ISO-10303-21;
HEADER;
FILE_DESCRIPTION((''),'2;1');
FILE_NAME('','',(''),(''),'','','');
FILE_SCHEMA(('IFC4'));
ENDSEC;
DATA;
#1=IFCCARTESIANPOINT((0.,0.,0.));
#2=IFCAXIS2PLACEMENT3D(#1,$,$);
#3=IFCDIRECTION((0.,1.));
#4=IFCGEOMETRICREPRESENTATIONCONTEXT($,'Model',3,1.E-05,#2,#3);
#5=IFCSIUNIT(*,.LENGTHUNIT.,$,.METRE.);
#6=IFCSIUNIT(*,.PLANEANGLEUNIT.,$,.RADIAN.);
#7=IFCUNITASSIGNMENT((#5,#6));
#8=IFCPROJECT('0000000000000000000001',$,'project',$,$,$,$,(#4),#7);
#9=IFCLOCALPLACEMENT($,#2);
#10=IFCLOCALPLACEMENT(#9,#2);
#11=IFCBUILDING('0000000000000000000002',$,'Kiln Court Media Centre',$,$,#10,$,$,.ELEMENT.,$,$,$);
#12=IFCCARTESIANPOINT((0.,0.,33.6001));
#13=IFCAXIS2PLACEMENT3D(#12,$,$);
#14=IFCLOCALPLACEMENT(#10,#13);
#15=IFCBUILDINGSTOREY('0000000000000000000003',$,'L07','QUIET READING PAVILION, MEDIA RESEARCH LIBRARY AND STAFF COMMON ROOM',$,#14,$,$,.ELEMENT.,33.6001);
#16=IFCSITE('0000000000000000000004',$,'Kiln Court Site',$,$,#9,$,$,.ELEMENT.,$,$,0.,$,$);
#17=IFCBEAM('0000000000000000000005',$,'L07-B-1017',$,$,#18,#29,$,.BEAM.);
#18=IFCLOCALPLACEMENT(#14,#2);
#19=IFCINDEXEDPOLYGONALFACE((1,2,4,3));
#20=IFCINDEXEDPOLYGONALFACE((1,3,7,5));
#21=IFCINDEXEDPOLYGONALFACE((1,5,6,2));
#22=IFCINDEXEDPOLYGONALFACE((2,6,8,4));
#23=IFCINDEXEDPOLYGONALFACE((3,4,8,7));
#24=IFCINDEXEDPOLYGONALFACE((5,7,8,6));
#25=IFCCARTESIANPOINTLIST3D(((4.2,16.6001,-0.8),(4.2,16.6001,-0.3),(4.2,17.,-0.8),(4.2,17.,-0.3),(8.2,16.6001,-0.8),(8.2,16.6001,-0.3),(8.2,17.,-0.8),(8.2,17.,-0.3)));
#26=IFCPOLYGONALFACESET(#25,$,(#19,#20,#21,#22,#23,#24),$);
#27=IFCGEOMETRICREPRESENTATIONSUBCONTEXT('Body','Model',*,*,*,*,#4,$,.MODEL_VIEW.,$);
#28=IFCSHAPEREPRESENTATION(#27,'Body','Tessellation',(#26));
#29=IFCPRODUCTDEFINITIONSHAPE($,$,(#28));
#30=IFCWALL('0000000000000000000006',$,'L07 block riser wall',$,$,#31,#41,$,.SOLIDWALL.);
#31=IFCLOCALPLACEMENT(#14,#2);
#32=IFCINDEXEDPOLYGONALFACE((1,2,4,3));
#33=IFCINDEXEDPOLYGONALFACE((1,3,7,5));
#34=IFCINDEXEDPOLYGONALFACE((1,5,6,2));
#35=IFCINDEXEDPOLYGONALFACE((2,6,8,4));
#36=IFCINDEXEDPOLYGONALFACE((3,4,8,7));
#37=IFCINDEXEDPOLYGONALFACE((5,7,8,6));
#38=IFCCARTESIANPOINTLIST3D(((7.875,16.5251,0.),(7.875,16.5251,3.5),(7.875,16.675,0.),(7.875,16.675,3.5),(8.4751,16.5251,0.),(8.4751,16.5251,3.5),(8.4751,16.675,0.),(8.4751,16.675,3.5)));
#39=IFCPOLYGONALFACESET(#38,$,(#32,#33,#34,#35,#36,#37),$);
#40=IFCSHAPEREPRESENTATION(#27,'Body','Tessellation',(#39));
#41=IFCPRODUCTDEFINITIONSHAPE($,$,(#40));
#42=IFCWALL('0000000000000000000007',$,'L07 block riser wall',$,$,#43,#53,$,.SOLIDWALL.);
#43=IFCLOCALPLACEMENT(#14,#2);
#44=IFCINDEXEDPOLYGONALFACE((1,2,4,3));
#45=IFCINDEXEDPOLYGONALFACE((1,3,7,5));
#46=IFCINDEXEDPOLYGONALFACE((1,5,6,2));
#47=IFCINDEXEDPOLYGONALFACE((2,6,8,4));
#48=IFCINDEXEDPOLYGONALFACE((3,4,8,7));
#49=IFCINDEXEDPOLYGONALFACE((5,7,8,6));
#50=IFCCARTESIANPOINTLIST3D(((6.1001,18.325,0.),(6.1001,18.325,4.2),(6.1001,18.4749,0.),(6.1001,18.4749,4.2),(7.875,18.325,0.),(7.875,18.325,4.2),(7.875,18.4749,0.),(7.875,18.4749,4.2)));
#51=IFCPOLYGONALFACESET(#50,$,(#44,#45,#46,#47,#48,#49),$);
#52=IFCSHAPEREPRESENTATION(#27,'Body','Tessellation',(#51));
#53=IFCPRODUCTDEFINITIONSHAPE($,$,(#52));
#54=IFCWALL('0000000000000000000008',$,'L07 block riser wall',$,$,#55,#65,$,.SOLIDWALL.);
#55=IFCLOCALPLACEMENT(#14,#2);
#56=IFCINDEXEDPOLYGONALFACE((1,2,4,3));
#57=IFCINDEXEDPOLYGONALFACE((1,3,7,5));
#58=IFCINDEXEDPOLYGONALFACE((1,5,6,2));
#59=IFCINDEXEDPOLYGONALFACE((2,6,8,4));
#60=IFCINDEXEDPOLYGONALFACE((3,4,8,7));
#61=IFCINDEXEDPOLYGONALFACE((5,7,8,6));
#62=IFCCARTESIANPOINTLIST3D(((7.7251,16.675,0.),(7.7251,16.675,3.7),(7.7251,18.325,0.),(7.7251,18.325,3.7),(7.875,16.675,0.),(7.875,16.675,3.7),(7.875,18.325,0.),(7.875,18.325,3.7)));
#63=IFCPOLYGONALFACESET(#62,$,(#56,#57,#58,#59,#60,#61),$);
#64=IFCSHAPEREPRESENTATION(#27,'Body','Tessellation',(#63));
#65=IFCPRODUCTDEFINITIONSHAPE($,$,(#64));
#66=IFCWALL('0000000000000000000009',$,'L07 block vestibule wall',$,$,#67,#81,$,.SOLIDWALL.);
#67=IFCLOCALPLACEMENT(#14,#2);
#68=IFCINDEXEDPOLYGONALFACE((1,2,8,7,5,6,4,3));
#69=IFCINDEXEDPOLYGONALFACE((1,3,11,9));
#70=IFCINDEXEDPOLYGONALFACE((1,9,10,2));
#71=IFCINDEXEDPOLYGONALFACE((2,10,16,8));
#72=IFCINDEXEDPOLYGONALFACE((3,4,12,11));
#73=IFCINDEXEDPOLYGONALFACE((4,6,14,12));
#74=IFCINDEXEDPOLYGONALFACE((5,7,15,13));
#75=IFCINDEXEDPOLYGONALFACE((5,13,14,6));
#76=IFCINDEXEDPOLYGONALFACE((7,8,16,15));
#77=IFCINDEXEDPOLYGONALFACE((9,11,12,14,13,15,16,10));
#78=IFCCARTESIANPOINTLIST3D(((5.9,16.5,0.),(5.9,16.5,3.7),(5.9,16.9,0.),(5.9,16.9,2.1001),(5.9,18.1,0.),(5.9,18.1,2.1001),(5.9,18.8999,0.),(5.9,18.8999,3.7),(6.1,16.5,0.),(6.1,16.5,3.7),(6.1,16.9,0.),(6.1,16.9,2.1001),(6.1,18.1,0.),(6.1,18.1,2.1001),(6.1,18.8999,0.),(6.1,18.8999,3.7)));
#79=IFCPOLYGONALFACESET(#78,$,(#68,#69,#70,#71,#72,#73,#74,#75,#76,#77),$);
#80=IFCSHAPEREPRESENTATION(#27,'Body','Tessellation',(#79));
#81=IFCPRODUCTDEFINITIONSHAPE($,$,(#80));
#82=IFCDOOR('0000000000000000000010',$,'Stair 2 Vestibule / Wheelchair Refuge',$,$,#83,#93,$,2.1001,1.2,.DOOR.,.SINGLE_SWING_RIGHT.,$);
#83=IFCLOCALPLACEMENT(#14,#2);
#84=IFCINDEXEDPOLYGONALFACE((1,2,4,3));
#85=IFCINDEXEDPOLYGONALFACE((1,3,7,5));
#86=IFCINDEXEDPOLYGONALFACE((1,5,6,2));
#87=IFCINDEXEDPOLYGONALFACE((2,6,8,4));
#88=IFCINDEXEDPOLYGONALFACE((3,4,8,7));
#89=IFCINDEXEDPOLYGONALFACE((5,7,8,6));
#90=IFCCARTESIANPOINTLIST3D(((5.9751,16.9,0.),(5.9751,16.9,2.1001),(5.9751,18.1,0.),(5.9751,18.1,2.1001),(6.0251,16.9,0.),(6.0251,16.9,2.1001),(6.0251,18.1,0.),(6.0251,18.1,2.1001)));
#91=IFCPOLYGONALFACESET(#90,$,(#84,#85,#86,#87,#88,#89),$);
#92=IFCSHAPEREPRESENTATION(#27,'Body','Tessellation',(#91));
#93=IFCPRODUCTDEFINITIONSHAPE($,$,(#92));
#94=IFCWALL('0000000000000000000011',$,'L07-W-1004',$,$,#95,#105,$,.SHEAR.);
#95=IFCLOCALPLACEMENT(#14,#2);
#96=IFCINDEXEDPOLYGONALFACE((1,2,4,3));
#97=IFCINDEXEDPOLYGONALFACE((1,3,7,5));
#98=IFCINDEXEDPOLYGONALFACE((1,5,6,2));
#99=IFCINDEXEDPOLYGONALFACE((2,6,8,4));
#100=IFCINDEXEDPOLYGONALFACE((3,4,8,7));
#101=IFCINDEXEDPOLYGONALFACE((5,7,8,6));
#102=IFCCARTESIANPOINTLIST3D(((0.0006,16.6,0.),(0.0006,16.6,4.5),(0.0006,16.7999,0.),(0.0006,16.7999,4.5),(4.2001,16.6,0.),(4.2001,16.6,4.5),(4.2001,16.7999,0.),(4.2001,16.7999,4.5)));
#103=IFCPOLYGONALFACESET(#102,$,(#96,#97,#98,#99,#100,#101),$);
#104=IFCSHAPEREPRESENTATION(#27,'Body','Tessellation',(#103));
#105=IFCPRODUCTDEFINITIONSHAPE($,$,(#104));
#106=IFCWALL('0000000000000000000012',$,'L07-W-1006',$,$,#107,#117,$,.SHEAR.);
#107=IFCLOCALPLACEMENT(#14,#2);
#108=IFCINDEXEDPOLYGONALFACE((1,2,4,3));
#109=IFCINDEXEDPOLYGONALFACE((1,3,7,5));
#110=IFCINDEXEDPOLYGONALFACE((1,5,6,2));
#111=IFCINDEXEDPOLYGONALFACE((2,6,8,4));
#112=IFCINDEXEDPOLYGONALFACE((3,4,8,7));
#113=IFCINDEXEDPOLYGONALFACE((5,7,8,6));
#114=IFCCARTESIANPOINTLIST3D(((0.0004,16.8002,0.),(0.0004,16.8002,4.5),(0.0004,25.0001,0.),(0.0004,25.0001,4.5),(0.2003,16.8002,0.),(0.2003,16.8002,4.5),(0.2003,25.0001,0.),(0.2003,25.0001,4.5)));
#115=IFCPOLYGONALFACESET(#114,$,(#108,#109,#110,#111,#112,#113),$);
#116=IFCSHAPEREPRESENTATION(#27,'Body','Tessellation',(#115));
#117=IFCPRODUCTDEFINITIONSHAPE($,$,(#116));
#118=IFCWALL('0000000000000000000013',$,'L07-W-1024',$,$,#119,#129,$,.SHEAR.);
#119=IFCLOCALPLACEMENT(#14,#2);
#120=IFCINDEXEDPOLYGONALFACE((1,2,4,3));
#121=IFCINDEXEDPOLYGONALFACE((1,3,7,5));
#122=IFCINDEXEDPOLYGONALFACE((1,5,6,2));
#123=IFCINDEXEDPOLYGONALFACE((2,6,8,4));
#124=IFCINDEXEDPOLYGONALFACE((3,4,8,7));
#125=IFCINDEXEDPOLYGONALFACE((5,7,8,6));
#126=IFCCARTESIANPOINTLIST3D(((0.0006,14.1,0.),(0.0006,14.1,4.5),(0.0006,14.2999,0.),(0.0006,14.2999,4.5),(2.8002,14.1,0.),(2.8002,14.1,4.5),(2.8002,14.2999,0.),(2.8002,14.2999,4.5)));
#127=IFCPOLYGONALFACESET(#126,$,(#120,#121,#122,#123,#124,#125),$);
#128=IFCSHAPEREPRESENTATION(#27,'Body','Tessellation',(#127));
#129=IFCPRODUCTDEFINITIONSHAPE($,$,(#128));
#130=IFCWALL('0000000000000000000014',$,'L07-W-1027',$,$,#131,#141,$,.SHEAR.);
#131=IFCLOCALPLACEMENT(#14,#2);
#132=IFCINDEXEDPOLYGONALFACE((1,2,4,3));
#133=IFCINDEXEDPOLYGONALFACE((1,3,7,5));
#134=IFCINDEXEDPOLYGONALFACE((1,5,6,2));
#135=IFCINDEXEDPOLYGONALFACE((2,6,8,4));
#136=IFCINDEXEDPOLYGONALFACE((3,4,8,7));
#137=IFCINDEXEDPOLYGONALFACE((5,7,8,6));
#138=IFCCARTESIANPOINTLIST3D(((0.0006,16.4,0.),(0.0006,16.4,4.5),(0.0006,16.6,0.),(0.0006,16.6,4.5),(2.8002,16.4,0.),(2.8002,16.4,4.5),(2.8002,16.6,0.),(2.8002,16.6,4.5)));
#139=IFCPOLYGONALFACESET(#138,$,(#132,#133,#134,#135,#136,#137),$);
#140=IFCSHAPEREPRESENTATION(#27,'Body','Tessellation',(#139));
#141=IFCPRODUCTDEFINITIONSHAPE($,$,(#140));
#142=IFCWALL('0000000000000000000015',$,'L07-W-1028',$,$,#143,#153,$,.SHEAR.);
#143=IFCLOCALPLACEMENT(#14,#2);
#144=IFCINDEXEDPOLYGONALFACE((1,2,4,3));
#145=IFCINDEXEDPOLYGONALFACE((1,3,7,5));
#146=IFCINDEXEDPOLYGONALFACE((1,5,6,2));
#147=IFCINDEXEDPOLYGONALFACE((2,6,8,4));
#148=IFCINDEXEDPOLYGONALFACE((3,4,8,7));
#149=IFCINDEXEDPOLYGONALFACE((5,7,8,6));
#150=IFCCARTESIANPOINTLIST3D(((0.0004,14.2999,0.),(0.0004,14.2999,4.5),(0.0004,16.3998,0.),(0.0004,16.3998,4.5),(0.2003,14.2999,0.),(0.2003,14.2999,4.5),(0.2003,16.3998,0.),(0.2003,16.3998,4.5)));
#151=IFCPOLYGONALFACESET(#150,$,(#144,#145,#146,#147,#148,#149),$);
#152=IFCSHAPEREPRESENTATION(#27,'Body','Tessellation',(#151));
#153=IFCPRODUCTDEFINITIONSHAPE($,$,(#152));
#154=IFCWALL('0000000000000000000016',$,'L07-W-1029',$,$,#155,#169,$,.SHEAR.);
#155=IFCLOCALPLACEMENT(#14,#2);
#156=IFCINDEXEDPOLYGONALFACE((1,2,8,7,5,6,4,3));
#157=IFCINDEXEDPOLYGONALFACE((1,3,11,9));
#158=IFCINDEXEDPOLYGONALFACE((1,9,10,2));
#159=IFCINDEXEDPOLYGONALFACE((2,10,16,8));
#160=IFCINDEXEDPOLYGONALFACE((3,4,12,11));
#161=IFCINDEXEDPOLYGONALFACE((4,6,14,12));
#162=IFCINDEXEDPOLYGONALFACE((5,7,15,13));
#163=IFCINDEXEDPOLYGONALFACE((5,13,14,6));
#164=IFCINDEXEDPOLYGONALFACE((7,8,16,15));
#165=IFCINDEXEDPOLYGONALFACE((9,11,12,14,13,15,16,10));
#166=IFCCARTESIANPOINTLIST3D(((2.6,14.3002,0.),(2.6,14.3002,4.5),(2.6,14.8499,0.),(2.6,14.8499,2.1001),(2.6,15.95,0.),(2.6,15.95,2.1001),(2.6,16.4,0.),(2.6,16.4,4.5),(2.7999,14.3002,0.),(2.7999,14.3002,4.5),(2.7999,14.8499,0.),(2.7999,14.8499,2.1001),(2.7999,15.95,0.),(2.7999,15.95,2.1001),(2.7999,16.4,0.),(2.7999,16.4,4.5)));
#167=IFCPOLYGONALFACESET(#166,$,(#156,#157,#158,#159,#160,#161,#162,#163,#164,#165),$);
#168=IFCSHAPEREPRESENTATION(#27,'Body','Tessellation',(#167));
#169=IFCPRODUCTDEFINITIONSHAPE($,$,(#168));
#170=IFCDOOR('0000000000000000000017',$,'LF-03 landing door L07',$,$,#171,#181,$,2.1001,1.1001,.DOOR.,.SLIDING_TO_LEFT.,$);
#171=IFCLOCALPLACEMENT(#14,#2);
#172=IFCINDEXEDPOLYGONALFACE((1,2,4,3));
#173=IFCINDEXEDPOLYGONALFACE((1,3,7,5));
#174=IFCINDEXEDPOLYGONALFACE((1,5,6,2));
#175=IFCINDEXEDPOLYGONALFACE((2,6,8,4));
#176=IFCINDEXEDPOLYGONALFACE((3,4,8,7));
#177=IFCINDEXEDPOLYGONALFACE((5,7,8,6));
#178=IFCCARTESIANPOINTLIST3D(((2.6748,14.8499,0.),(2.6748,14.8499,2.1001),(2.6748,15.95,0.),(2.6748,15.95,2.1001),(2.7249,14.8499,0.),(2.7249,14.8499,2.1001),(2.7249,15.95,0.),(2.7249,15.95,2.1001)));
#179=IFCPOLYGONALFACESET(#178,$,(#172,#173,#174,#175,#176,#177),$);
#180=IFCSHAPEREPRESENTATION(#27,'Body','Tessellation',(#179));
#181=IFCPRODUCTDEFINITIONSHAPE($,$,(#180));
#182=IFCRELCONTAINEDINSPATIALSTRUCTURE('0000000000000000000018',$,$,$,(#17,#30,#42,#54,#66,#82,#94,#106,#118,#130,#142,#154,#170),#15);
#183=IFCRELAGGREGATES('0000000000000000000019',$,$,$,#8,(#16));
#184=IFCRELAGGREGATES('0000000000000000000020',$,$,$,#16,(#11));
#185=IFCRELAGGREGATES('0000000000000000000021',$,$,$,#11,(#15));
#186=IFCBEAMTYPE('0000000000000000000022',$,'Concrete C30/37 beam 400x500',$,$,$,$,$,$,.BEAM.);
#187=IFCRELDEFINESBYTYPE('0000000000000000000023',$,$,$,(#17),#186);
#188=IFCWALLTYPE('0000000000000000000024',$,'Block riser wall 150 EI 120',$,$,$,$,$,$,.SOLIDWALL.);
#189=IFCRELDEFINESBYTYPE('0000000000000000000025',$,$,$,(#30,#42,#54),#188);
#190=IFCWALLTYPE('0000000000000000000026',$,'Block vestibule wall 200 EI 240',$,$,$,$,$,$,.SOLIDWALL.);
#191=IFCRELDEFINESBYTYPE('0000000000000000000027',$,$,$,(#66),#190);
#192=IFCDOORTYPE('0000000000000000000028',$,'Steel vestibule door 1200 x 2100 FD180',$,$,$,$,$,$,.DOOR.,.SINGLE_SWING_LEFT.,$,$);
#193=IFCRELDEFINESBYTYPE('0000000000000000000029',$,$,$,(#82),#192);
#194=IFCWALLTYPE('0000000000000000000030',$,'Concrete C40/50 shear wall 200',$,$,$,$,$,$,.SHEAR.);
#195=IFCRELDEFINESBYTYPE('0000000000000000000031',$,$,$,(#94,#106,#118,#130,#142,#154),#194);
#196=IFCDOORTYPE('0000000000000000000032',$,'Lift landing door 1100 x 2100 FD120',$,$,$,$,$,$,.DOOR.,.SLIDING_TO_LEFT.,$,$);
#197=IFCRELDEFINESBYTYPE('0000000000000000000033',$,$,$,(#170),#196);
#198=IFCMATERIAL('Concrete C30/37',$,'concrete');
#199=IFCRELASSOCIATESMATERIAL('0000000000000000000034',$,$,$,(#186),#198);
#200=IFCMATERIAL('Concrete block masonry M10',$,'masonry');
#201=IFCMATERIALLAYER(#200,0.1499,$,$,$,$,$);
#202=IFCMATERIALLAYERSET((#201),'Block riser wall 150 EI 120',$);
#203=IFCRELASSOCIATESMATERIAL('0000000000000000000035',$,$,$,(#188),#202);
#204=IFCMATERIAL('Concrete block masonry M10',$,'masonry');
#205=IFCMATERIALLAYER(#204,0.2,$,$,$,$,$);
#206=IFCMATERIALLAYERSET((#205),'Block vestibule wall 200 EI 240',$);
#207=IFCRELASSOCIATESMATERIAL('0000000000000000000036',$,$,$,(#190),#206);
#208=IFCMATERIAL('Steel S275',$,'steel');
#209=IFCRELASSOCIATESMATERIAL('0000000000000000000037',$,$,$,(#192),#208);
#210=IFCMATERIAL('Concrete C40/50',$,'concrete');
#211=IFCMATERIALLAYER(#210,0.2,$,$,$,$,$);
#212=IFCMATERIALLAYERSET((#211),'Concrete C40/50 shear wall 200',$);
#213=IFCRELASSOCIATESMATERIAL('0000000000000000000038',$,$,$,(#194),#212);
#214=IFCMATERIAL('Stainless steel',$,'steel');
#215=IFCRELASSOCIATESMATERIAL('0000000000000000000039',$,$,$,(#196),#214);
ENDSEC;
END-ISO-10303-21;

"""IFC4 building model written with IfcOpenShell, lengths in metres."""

from ifc_helpers import new_model, si_unit, direction, frame, frame_2d, origin, origin_2d, place, context, subcontext, project, spatial, rectangle, extrude, material, layer, layer_set, material_profile, profile_set, type_object, element, fill, save


model = new_model("IFC4")

# Units and contexts
model_context = context("Model", 3, precision=1e-05, world=origin(), true_north=direction((0.0, 1.0)))
body_context = subcontext(model_context, "Body", "Model", "MODEL_VIEW")
ifc_project = project(units=[si_unit("LENGTHUNIT", "METRE"), si_unit("PLANEANGLEUNIT", "RADIAN")], contexts=[model_context])

# Site, building, storey
site_placement = place(None, origin())
site = spatial("IfcSite", under=ifc_project, at=site_placement, Name="Kiln Court Site", CompositionType="ELEMENT", RefElevation=0.0)
building_placement = place(site_placement, origin())
building = spatial("IfcBuilding", under=site, at=building_placement, Name="Kiln Court Media Centre", CompositionType="ELEMENT")
storey_placement = place(building_placement, frame((0.0, 0.0, 33.6001)))
storey = spatial("IfcBuildingStorey", under=building, at=storey_placement, Name="L07", Description="QUIET READING PAVILION, MEDIA RESEARCH LIBRARY AND STAFF COMMON ROOM", CompositionType="ELEMENT", Elevation=33.6001)

# Beam
ifc_material_1 = material(Name="Concrete C30/37", Category="concrete")
ifc_material_profile = material_profile(ifc_material_1, rectangle(XDim=0.3999, YDim=0.5, at=origin_2d()), Name="RC 400x500")
ifc_profile_set = profile_set([ifc_material_profile], Name="Concrete C30/37")
beam_type = type_object("IfcBeamType", Name="Concrete C30/37 beam 400x500", PredefinedType="BEAM", material=ifc_profile_set)
beam_placement = place(storey_placement, frame((4.2, 16.8, -0.55), z_axis=(1.0, 0.0, 0.0), x_axis=(0.0, 1.0, 0.0)))
element("IfcBeam", 1, at=beam_placement, inside=storey, type_object=beam_type, Name="L07-B-1017", PredefinedType="BEAM", context=body_context, shape_type="SweptSolid", body=[
    extrude(rectangle(XDim=0.3999, YDim=0.5, at=origin_2d()), origin(), (0.0, 0.0, 1.0), 4.0),
])

# Walls
ifc_material_2 = material(Name="Concrete block masonry M10", Category="masonry")
ifc_layer_1 = layer(ifc_material_2, 0.1499)
ifc_layer_set_1 = layer_set([ifc_layer_1], Name="Block riser wall 150 EI 120")
wall_type_1 = type_object("IfcWallType", Name="Block riser wall 150 EI 120", PredefinedType="SOLIDWALL", material=ifc_layer_set_1)
wall_1_placement = place(storey_placement, frame((7.875, 16.6001, 0.0), z_axis=(0.0, 0.0, 1.0), x_axis=(1.0, 0.0, 0.0)))
element("IfcWall", 2, at=wall_1_placement, inside=storey, type_object=wall_type_1, Name="L07 block riser wall", PredefinedType="SOLIDWALL", context=body_context, shape_type="SweptSolid", body=[
    extrude(rectangle(XDim=0.6001, YDim=0.1499, at=frame_2d((0.3, 0.0))), origin(), (0.0, 0.0, 1.0), 3.5),
])
wall_2_placement = place(storey_placement, frame((6.1001, 18.3999, 0.0), z_axis=(0.0, 0.0, 1.0), x_axis=(1.0, 0.0, 0.0)))
element("IfcWall", 3, at=wall_2_placement, inside=storey, type_object=wall_type_1, Name="L07 block riser wall", PredefinedType="SOLIDWALL", context=body_context, shape_type="SweptSolid", body=[
    extrude(rectangle(XDim=1.7749, YDim=0.1499, at=frame_2d((0.8875, 0.0))), origin(), (0.0, 0.0, 1.0), 4.2),
])
wall_3_placement = place(storey_placement, frame((7.8, 16.675, 0.0), z_axis=(0.0, 0.0, 1.0), x_axis=(0.0, 1.0, 0.0)))
element("IfcWall", 4, at=wall_3_placement, inside=storey, type_object=wall_type_1, Name="L07 block riser wall", PredefinedType="SOLIDWALL", context=body_context, shape_type="SweptSolid", body=[
    extrude(rectangle(XDim=1.6499, YDim=0.1499, at=frame_2d((0.825, 0.0))), origin(), (0.0, 0.0, 1.0), 3.7),
])

# Wall, opening, door
ifc_material_3 = material(Name="Concrete block masonry M10", Category="masonry")
ifc_layer_2 = layer(ifc_material_3, 0.2)
ifc_layer_set_2 = layer_set([ifc_layer_2], Name="Block vestibule wall 200 EI 240")
wall_type_2 = type_object("IfcWallType", Name="Block vestibule wall 200 EI 240", PredefinedType="SOLIDWALL", material=ifc_layer_set_2)
wall_4_placement = place(storey_placement, frame((6.0, 16.5, 0.0), z_axis=(0.0, 0.0, 1.0), x_axis=(0.0, 1.0, 0.0)))
wall_4 = element("IfcWall", 5, at=wall_4_placement, inside=storey, type_object=wall_type_2, Name="L07 block vestibule wall", PredefinedType="SOLIDWALL", context=body_context, shape_type="SweptSolid", body=[
    extrude(rectangle(XDim=2.3999, YDim=0.2, at=frame_2d((1.2, 0.0))), origin(), (0.0, 0.0, 1.0), 3.7),
])
opening_1_placement = place(wall_4_placement, frame((0.3999, 0.0, 0.0)))
opening_1 = element("IfcOpeningElement", 6, at=opening_1_placement, cuts=wall_4, PredefinedType="OPENING", context=body_context, shape_type="SweptSolid", body=[
    extrude(rectangle(XDim=1.2, YDim=2.1001, at=frame_2d((0.6001, 1.05))), frame((0.0, 0.1099, 0.0), z_axis=(0.0, -1.0, 0.0), x_axis=(1.0, 0.0, 0.0)), (0.0, 0.0, 1.0), 0.22),
])
ifc_material_4 = material(Name="Steel S275", Category="steel")
door_type_1 = type_object("IfcDoorType", Name="Steel vestibule door 1200 x 2100 FD180", OperationType="SINGLE_SWING_LEFT", PredefinedType="DOOR", material=ifc_material_4)
door_1_placement = place(opening_1_placement, origin())
door_1 = element("IfcDoor", 7, at=door_1_placement, inside=storey, type_object=door_type_1, Name="Stair 2 Vestibule / Wheelchair Refuge", OperationType="SINGLE_SWING_RIGHT", OverallHeight=2.1001, OverallWidth=1.2, PredefinedType="DOOR", context=body_context, shape_type="SweptSolid", body=[
    extrude(rectangle(XDim=1.2, YDim=2.1001, at=frame_2d((0.6001, 1.05))), frame((0.0, 0.0249, 0.0), z_axis=(0.0, -1.0, 0.0), x_axis=(1.0, 0.0, 0.0)), (0.0, 0.0, 1.0), 0.05),
])
fill(opening_1, door_1)

# Walls
ifc_material_5 = material(Name="Concrete C40/50", Category="concrete")
ifc_layer_3 = layer(ifc_material_5, 0.2)
ifc_layer_set_3 = layer_set([ifc_layer_3], Name="Concrete C40/50 shear wall 200")
wall_type_3 = type_object("IfcWallType", Name="Concrete C40/50 shear wall 200", PredefinedType="SHEAR", material=ifc_layer_set_3)
wall_5_placement = place(storey_placement, frame((4.2, 16.7, 0.0), z_axis=(0.0, 0.0, 1.0), x_axis=(-1.0, 0.0, 0.0)))
element("IfcWall", 8, at=wall_5_placement, inside=storey, type_object=wall_type_3, Name="L07-W-1004", PredefinedType="SHEAR", context=body_context, shape_type="SweptSolid", body=[
    extrude(rectangle(XDim=4.1995, YDim=0.2, at=frame_2d((2.0996, 0.0))), origin(), (0.0, 0.0, 1.0), 4.5),
])
wall_6_placement = place(storey_placement, frame((0.1003, 16.8, 0.0), z_axis=(0.0, 0.0, 1.0), x_axis=(0.0, 1.0, 0.0)))
element("IfcWall", 9, at=wall_6_placement, inside=storey, type_object=wall_type_3, Name="L07-W-1006", PredefinedType="SHEAR", context=body_context, shape_type="SweptSolid", body=[
    extrude(rectangle(XDim=8.2, YDim=0.2, at=frame_2d((4.1001, 0.0))), origin(), (0.0, 0.0, 1.0), 4.5),
])
for number, where, z_axis, x_axis, name in (
    (10, (0.0005, 14.2, 0.0), (0.0, 0.0, 1.0), (1.0, 0.0, 0.0), "L07-W-1024"),
    (11, (0.0005, 16.5, 0.0), (0.0, 0.0, 1.0), (1.0, 0.0, 0.0), "L07-W-1027"),
):
    element("IfcWall", number, at=place(storey_placement, frame(where, z_axis=z_axis, x_axis=x_axis)), inside=storey, type_object=wall_type_3, Name=name, PredefinedType="SHEAR", context=body_context, shape_type="SweptSolid", body=[
        extrude(rectangle(XDim=2.7996, YDim=0.2, at=frame_2d((1.3999, 0.0))), origin(), (0.0, 0.0, 1.0), 4.5),
    ])
wall_7_placement = place(storey_placement, frame((0.1003, 14.3, 0.0), z_axis=(0.0, 0.0, 1.0), x_axis=(0.0, 1.0, 0.0)))
element("IfcWall", 12, at=wall_7_placement, inside=storey, type_object=wall_type_3, Name="L07-W-1028", PredefinedType="SHEAR", context=body_context, shape_type="SweptSolid", body=[
    extrude(rectangle(XDim=2.0999, YDim=0.2, at=frame_2d((1.0498, 0.0))), origin(), (0.0, 0.0, 1.0), 4.5),
])

# Wall, opening, door
wall_8_placement = place(storey_placement, frame((2.7, 16.3999, 0.0), z_axis=(0.0, 0.0, 1.0), x_axis=(0.0, -1.0, 0.0)))
wall_8 = element("IfcWall", 13, at=wall_8_placement, inside=storey, type_object=wall_type_3, Name="L07-W-1029", PredefinedType="SHEAR", context=body_context, shape_type="SweptSolid", body=[
    extrude(rectangle(XDim=2.0999, YDim=0.2, at=frame_2d((1.0498, 0.0))), origin(), (0.0, 0.0, 1.0), 4.5),
])
opening_2_placement = place(wall_8_placement, frame((0.45, 0.0, 0.0)))
opening_2 = element("IfcOpeningElement", 14, at=opening_2_placement, cuts=wall_8, PredefinedType="OPENING", context=body_context, shape_type="SweptSolid", body=[
    extrude(rectangle(XDim=1.1001, YDim=2.1001, at=frame_2d((0.55, 1.05))), frame((0.0, 0.1099, 0.0), z_axis=(0.0, -1.0, 0.0), x_axis=(1.0, 0.0, 0.0)), (0.0, 0.0, 1.0), 0.22),
])
ifc_material_6 = material(Name="Stainless steel", Category="steel")
door_type_2 = type_object("IfcDoorType", Name="Lift landing door 1100 x 2100 FD120", OperationType="SLIDING_TO_LEFT", PredefinedType="DOOR", material=ifc_material_6)
door_2_placement = place(opening_2_placement, origin())
door_2 = element("IfcDoor", 15, at=door_2_placement, inside=storey, type_object=door_type_2, Name="LF-03 landing door L07", OperationType="SLIDING_TO_LEFT", OverallHeight=2.1001, OverallWidth=1.1001, PredefinedType="DOOR", context=body_context, shape_type="SweptSolid", body=[
    extrude(rectangle(XDim=1.1001, YDim=2.1001, at=frame_2d((0.55, 1.05))), frame((0.0, 0.0249, 0.0), z_axis=(0.0, -1.0, 0.0), x_axis=(1.0, 0.0, 0.0)), (0.0, 0.0, 1.0), 0.05),
])
fill(opening_2, door_2)

save(model, "model.ifc")
